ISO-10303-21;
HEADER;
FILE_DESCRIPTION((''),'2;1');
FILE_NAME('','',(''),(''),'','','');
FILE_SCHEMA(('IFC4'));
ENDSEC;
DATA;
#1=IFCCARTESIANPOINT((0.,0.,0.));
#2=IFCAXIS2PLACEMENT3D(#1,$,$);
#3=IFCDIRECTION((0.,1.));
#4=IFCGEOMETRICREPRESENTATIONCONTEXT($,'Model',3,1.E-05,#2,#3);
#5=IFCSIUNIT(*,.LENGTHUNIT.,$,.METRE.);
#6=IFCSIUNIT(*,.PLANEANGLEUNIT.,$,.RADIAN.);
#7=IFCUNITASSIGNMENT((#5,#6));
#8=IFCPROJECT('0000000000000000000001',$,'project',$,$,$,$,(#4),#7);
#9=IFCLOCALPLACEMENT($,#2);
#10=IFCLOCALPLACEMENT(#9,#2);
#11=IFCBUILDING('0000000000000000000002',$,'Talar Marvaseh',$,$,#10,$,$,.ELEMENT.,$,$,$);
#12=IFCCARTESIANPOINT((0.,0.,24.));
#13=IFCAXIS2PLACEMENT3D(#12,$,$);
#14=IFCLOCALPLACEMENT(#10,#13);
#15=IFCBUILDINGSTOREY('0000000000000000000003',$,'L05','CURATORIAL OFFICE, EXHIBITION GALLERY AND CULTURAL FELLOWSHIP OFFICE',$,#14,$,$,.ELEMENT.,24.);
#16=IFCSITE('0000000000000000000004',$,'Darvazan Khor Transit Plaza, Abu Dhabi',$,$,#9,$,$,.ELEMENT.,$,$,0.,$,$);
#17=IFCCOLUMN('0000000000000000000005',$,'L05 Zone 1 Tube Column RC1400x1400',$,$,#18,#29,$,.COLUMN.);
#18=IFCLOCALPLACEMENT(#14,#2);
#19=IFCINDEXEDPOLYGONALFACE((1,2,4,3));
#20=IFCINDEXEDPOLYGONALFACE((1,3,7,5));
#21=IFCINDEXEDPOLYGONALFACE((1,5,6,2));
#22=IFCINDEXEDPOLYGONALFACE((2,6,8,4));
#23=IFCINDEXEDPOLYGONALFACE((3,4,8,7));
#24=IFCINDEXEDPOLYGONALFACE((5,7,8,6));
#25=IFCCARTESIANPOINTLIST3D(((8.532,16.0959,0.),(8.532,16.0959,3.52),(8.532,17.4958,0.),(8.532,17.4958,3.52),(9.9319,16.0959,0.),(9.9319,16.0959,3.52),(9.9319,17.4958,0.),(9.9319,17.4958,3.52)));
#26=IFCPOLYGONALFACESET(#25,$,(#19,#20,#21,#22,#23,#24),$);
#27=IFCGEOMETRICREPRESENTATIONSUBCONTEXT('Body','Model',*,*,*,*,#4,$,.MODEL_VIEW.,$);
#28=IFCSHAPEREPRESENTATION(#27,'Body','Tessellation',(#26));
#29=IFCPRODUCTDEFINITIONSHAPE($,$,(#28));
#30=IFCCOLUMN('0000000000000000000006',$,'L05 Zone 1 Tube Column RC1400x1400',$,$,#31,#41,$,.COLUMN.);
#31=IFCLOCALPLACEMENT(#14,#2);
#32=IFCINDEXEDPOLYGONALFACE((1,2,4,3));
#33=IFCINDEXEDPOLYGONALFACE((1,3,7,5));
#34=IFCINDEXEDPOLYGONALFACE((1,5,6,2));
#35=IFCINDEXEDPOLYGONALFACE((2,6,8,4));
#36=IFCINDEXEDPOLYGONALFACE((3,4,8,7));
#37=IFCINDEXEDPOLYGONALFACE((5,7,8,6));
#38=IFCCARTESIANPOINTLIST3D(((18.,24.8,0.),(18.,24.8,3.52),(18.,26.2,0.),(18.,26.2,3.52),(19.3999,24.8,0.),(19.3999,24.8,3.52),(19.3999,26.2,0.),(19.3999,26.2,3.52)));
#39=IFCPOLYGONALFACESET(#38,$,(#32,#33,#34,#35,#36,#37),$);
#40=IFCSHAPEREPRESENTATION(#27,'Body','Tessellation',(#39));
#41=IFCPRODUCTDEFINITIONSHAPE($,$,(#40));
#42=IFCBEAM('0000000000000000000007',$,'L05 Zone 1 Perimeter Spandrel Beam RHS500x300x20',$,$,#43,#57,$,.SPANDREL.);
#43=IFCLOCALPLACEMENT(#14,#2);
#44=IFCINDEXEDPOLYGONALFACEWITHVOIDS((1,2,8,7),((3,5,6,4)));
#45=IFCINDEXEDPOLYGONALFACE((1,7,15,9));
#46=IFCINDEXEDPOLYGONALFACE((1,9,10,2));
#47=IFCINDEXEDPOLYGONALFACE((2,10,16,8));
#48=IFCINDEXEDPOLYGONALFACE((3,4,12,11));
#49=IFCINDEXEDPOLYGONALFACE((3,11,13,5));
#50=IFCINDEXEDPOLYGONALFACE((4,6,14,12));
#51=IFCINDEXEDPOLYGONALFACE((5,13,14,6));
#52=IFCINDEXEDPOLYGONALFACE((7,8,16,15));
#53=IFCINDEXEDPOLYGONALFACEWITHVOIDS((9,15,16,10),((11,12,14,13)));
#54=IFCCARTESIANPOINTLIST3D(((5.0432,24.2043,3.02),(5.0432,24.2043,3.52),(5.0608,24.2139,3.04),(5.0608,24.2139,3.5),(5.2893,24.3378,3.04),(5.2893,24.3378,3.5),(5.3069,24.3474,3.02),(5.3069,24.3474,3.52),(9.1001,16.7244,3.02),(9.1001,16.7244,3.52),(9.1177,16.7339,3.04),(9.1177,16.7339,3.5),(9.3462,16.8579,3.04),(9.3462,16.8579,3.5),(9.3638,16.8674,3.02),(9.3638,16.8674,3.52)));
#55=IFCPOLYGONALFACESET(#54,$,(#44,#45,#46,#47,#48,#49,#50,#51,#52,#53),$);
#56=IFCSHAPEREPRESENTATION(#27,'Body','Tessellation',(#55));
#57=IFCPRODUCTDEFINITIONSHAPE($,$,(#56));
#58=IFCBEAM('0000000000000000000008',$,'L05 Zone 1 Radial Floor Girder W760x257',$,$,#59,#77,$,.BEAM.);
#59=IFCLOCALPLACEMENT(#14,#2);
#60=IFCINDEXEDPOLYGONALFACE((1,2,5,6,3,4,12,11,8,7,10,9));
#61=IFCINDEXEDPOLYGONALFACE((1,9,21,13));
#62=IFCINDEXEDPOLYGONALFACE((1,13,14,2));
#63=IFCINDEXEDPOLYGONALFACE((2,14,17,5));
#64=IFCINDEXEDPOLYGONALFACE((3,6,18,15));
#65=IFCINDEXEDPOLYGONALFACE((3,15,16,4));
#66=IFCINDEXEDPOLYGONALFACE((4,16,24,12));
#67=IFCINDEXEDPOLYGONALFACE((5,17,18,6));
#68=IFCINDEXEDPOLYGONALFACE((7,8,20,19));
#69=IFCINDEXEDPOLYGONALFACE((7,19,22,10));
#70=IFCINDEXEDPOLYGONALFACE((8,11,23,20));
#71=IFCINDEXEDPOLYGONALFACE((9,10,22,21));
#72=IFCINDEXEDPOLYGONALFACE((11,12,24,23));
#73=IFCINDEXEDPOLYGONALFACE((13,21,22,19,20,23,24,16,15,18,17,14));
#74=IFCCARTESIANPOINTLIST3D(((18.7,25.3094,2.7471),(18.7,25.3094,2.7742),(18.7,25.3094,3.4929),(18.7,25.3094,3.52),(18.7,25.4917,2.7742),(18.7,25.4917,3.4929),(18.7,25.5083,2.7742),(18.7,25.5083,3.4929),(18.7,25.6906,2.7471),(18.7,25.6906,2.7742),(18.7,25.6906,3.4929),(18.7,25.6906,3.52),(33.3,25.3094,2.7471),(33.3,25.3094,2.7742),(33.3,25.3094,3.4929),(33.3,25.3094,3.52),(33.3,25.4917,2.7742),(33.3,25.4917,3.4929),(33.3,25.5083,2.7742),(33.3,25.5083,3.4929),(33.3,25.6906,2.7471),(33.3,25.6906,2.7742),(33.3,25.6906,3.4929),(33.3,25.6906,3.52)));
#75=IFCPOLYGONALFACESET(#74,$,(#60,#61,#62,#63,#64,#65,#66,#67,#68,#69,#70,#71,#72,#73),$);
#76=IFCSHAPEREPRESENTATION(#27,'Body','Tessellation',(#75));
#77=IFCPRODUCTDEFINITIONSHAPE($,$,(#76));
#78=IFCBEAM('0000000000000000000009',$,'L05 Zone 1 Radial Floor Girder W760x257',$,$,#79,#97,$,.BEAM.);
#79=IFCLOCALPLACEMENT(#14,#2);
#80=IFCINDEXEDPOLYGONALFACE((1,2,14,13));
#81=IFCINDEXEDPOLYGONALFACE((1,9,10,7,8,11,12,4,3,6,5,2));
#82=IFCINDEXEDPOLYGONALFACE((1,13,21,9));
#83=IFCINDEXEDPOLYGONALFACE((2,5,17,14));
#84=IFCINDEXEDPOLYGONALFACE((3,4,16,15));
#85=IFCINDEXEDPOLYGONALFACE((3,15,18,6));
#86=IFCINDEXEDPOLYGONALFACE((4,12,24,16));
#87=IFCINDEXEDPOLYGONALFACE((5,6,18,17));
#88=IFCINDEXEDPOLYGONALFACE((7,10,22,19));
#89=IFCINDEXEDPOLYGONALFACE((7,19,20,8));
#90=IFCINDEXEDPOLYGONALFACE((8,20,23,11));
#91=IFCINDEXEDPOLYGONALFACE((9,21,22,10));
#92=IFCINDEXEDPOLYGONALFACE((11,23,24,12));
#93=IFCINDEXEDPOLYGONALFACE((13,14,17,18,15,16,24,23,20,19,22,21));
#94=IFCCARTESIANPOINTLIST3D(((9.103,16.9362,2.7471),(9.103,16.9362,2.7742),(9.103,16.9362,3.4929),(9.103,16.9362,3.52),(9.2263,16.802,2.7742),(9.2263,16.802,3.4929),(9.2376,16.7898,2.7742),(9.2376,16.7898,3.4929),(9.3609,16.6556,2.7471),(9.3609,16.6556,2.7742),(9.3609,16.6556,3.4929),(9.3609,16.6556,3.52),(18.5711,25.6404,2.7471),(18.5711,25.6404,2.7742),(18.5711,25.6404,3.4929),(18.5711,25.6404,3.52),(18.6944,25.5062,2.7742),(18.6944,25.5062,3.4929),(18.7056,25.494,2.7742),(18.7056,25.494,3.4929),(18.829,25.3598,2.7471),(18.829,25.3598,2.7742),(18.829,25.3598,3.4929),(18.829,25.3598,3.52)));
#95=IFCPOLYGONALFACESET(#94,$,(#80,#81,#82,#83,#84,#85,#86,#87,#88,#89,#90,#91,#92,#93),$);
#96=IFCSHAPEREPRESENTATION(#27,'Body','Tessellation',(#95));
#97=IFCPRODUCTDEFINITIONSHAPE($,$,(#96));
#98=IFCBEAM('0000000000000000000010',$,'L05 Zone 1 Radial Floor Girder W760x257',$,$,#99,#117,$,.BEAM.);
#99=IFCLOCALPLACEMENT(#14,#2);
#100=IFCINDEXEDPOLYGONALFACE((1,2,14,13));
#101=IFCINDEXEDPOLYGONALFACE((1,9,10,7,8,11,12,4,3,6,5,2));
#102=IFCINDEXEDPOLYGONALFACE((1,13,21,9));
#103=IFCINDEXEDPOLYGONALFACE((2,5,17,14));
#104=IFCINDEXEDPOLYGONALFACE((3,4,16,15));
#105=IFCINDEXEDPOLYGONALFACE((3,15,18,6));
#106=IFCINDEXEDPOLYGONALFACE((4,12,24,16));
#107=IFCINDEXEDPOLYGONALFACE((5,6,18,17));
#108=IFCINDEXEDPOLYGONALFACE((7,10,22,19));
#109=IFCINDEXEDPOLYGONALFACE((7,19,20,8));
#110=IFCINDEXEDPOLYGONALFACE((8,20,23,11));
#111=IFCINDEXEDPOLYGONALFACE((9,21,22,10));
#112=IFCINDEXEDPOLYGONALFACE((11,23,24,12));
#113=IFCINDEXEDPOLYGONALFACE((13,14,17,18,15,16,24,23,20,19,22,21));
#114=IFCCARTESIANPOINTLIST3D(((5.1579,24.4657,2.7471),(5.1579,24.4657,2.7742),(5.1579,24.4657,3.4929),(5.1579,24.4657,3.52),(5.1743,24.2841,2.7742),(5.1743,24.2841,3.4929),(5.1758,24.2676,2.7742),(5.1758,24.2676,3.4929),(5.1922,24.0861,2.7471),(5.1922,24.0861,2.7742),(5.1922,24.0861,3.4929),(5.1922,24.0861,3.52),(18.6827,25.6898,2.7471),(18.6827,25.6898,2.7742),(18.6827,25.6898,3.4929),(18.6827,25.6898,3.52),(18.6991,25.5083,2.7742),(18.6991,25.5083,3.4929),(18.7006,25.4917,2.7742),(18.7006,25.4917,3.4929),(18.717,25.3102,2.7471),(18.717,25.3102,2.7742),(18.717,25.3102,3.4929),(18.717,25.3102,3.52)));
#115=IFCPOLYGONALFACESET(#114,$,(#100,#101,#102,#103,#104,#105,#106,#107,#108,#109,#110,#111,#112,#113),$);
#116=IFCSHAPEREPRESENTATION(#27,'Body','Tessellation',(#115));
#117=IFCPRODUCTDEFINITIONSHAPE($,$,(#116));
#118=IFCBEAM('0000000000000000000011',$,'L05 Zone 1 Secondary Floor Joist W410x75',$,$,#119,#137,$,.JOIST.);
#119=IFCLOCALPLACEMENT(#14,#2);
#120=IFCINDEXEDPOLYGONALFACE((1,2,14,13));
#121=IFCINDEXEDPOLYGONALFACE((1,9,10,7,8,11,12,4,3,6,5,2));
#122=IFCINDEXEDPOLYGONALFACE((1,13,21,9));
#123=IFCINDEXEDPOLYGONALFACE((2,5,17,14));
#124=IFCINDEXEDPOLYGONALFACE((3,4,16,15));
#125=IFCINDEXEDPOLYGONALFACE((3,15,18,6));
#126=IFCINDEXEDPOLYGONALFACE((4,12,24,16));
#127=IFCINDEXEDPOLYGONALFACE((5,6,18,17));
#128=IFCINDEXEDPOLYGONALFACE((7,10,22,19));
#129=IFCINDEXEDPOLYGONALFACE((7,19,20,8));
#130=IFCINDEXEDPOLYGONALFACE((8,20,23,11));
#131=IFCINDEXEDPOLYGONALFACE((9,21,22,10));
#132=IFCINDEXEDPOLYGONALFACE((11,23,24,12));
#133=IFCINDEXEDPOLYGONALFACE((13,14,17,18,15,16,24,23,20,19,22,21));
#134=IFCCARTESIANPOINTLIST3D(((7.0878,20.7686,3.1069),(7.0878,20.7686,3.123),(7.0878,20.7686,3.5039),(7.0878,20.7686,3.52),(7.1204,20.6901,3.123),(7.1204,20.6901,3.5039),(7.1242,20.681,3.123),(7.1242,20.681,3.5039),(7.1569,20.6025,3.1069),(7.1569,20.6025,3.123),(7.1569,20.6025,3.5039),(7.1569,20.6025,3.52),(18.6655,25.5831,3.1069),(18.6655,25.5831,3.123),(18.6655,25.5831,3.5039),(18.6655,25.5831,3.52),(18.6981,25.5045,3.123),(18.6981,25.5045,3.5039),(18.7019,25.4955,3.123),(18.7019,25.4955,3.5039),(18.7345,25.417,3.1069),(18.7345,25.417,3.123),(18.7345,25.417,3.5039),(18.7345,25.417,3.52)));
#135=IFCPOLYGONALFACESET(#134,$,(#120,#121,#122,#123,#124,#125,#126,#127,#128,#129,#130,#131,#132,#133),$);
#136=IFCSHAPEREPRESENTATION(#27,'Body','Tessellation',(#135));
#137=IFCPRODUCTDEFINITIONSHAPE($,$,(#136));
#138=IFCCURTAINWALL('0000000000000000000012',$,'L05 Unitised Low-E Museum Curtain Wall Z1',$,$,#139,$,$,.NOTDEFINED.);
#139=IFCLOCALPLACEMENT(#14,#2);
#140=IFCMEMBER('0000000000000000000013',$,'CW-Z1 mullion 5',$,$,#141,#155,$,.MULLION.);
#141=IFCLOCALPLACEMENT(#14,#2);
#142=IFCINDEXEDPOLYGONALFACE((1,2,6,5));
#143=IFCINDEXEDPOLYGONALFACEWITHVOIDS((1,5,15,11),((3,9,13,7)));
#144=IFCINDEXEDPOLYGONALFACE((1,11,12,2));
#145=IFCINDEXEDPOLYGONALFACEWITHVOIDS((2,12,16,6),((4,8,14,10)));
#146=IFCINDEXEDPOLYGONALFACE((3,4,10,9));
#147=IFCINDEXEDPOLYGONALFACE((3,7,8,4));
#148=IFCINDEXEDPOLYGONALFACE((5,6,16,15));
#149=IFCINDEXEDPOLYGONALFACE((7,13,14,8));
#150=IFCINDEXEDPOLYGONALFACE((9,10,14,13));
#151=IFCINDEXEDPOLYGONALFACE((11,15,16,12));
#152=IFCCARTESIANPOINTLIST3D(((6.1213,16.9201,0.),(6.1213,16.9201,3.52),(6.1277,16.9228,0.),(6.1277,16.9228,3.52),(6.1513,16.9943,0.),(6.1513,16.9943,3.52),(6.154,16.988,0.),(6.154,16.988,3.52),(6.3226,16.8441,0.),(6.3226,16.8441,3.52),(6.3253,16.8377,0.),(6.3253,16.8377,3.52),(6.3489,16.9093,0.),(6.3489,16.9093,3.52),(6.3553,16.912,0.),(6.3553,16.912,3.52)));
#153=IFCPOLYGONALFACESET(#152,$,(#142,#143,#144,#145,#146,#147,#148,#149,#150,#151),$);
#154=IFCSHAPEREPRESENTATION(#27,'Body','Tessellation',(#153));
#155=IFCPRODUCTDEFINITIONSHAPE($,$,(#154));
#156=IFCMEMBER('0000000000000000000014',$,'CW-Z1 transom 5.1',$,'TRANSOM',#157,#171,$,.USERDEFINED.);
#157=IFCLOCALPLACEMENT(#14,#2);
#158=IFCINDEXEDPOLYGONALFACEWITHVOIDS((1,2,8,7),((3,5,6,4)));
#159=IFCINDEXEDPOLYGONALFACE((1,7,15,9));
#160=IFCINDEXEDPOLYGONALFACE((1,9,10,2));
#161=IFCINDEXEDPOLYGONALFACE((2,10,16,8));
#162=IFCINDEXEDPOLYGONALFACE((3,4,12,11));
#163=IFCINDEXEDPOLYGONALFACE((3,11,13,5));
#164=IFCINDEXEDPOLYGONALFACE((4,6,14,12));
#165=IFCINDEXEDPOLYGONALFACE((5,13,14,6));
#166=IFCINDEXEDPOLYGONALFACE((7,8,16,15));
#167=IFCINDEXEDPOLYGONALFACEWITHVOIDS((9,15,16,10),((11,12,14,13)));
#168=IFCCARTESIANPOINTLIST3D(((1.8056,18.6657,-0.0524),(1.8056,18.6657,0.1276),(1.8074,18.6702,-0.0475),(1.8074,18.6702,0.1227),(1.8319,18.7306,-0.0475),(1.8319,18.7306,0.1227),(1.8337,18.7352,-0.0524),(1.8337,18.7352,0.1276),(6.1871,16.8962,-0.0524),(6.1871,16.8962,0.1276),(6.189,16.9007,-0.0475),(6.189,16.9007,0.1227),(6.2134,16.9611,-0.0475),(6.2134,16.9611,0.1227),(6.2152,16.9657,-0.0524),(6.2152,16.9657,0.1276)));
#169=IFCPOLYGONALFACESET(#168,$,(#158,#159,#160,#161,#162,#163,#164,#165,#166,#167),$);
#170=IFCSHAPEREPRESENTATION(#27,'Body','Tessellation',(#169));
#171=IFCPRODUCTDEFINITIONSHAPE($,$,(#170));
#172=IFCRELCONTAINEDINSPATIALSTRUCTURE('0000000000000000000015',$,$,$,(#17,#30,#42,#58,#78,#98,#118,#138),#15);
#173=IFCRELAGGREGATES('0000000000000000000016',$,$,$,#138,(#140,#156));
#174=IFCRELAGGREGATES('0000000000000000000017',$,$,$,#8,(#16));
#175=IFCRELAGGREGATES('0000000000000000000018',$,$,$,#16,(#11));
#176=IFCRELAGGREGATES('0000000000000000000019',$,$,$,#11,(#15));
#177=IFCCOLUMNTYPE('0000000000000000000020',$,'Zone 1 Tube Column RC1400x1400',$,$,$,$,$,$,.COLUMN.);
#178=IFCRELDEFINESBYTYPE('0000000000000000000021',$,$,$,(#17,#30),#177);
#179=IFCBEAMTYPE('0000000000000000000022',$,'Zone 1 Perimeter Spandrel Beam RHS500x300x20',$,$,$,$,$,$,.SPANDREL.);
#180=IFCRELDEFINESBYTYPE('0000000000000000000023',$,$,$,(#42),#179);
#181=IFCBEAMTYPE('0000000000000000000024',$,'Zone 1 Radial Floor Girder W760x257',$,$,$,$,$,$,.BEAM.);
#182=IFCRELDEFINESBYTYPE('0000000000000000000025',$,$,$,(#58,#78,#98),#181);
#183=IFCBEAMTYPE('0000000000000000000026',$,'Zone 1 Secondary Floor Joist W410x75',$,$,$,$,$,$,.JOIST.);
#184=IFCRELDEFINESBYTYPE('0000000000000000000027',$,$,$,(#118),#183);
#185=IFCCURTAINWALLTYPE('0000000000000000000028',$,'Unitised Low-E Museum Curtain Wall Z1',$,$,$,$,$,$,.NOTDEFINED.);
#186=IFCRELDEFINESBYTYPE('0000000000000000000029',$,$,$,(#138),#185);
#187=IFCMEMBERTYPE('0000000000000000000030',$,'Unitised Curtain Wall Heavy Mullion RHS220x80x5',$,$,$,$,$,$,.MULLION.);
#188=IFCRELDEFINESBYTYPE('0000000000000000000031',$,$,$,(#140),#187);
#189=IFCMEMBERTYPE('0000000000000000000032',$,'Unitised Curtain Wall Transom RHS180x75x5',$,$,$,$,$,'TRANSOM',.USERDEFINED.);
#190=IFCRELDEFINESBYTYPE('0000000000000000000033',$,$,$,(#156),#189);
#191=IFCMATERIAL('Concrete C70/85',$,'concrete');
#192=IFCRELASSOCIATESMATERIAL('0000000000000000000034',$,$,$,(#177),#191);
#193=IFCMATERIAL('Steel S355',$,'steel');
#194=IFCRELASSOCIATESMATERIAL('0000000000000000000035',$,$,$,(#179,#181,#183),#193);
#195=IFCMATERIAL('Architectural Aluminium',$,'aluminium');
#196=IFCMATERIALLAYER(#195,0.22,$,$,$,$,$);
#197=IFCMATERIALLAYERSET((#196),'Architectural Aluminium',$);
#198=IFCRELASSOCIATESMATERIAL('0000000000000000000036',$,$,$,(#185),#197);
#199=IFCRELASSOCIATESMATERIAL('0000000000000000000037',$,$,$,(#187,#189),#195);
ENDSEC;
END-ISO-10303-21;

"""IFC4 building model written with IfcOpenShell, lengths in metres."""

from ifc_helpers import new_model, si_unit, direction, frame, origin, origin_2d, place, context, subcontext, project, spatial, rectangle, hollow_rectangle, i_section, extrude, source, transform, mapped, material, layer, layer_set, material_profile, profile_set, type_object, type_shapes, element, aggregate, save


model = new_model("IFC4")

# Units and contexts
model_context = context("Model", 3, precision=1e-05, world=origin(), true_north=direction((0.0, 1.0)))
body_context = subcontext(model_context, "Body", "Model", "MODEL_VIEW")
ifc_project = project(units=[si_unit("LENGTHUNIT", "METRE"), si_unit("PLANEANGLEUNIT", "RADIAN")], contexts=[model_context])

# Site, building, storey
site_placement = place(None, origin())
site = spatial("IfcSite", under=ifc_project, at=site_placement, Name="Darvazan Khor Transit Plaza, Abu Dhabi", CompositionType="ELEMENT", RefElevation=0.0)
building_placement = place(site_placement, origin())
building = spatial("IfcBuilding", under=site, at=building_placement, Name="Talar Marvaseh", CompositionType="ELEMENT")
storey_placement = place(building_placement, frame((0.0, 0.0, 24.0)))
storey = spatial("IfcBuildingStorey", under=building, at=storey_placement, Name="L05", Description="CURATORIAL OFFICE, EXHIBITION GALLERY AND CULTURAL FELLOWSHIP OFFICE", CompositionType="ELEMENT", Elevation=24.0)

# Columns
ifc_material_1 = material(Name="Concrete C70/85", Category="concrete")
ifc_material_profile_1 = material_profile(ifc_material_1, rectangle(XDim=1.3999, YDim=1.3999, at=origin_2d()), Name="RC1400x1400")
ifc_profile_set_1 = profile_set([ifc_material_profile_1], Name="Concrete C70/85")
column_type = type_object("IfcColumnType", Name="Zone 1 Tube Column RC1400x1400", PredefinedType="COLUMN", material=ifc_profile_set_1)
for number, where, z_axis, x_axis, name in (
    (1, (9.2319, 16.7959, 0.0), (0.0, 0.0, 1.0), (1.0, 0.0, 0.0), "L05 Zone 1 Tube Column RC1400x1400"),
    (2, (18.7, 25.5, 0.0), (0.0, 0.0, 1.0), (1.0, 0.0, 0.0), "L05 Zone 1 Tube Column RC1400x1400"),
):
    element("IfcColumn", number, at=place(storey_placement, frame(where, z_axis=z_axis, x_axis=x_axis)), inside=storey, type_object=column_type, Name=name, PredefinedType="COLUMN", context=body_context, shape_type="SweptSolid", body=[
        extrude(rectangle(XDim=1.3999, YDim=1.3999, at=origin_2d()), origin(), (0.0, 0.0, 1.0), 3.52),
    ])

# Beams
ifc_material_2 = material(Name="Steel S355", Category="steel")
ifc_material_profile_2 = material_profile(ifc_material_2, hollow_rectangle(XDim=0.3, YDim=0.5, WallThickness=0.02, at=origin_2d()), Name="RHS500x300x20")
ifc_profile_set_2 = profile_set([ifc_material_profile_2], Name="Steel S355")
beam_type_1 = type_object("IfcBeamType", Name="Zone 1 Perimeter Spandrel Beam RHS500x300x20", PredefinedType="SPANDREL", material=ifc_profile_set_2)
beam_1_placement = place(storey_placement, frame((9.2319, 16.7959, 3.27), z_axis=(-0.476758, 0.879035, 0.0), x_axis=(-0.879035, -0.476758, 0.0)))
element("IfcBeam", 3, at=beam_1_placement, inside=storey, type_object=beam_type_1, Name="L05 Zone 1 Perimeter Spandrel Beam RHS500x300x20", PredefinedType="SPANDREL", context=body_context, shape_type="SweptSolid", body=[
    extrude(hollow_rectangle(XDim=0.3, YDim=0.5, WallThickness=0.02, at=origin_2d()), origin(), (0.0, 0.0, 1.0), 8.5093),
])
ifc_material_profile_3 = material_profile(ifc_material_2, i_section(OverallWidth=0.3811, OverallDepth=0.7729, WebThickness=0.0166, FlangeThickness=0.0271, at=origin_2d()), Name="W760x257")
ifc_profile_set_3 = profile_set([ifc_material_profile_3], Name="Steel S355")
beam_type_2 = type_object("IfcBeamType", Name="Zone 1 Radial Floor Girder W760x257", PredefinedType="BEAM", material=ifc_profile_set_3)
beam_2_placement = place(storey_placement, frame((18.7, 25.5, 3.1335), z_axis=(1.0, 0.0, 0.0), x_axis=(0.0, 1.0, 0.0)))
element("IfcBeam", 4, at=beam_2_placement, inside=storey, type_object=beam_type_2, Name="L05 Zone 1 Radial Floor Girder W760x257", PredefinedType="BEAM", context=body_context, shape_type="SweptSolid", body=[
    extrude(i_section(OverallWidth=0.3811, OverallDepth=0.7729, WebThickness=0.0166, FlangeThickness=0.0271, at=origin_2d()), origin(), (0.0, 0.0, 1.0), 14.6001),
])
beam_3_placement = place(storey_placement, frame((9.2319, 16.7959, 3.1335), z_axis=(0.736182, 0.676784, 0.0), x_axis=(-0.676784, 0.736182, 0.0)))
element("IfcBeam", 5, at=beam_3_placement, inside=storey, type_object=beam_type_2, Name="L05 Zone 1 Radial Floor Girder W760x257", PredefinedType="BEAM", context=body_context, shape_type="SweptSolid", body=[
    extrude(i_section(OverallWidth=0.3811, OverallDepth=0.7729, WebThickness=0.0166, FlangeThickness=0.0271, at=origin_2d()), origin(), (0.0, 0.0, 1.0), 12.8611),
])
beam_4_placement = place(storey_placement, frame((5.175, 24.2759, 3.1335), z_axis=(0.995929, 0.09014, 0.0), x_axis=(-0.09014, 0.995929, 0.0)))
element("IfcBeam", 6, at=beam_4_placement, inside=storey, type_object=beam_type_2, Name="L05 Zone 1 Radial Floor Girder W760x257", PredefinedType="BEAM", context=body_context, shape_type="SweptSolid", body=[
    extrude(i_section(OverallWidth=0.3811, OverallDepth=0.7729, WebThickness=0.0166, FlangeThickness=0.0271, at=origin_2d()), origin(), (0.0, 0.0, 1.0), 13.5801),
])
ifc_material_profile_4 = material_profile(ifc_material_2, i_section(OverallWidth=0.1799, OverallDepth=0.4131, WebThickness=0.0098, FlangeThickness=0.0161, at=origin_2d()), Name="W410x75")
ifc_profile_set_4 = profile_set([ifc_material_profile_4], Name="Steel S355")
beam_type_3 = type_object("IfcBeamType", Name="Zone 1 Secondary Floor Joist W410x75", PredefinedType="JOIST", material=ifc_profile_set_4)
beam_5_placement = place(storey_placement, frame((7.1223, 20.6855, 3.3135), z_axis=(0.923347, 0.383965, 0.0), x_axis=(-0.383965, 0.923347, 0.0)))
element("IfcBeam", 7, at=beam_5_placement, inside=storey, type_object=beam_type_3, Name="L05 Zone 1 Secondary Floor Joist W410x75", PredefinedType="JOIST", context=body_context, shape_type="SweptSolid", body=[
    extrude(i_section(OverallWidth=0.1799, OverallDepth=0.4131, WebThickness=0.0098, FlangeThickness=0.0161, at=origin_2d()), origin(), (0.0, 0.0, 1.0), 12.5388),
])

# Curtain wall, members
ifc_material_3 = material(Name="Architectural Aluminium", Category="aluminium")
ifc_layer_1 = layer(ifc_material_3, 0.22)
ifc_layer_set_1 = layer_set([ifc_layer_1], Name="Architectural Aluminium")
curtain_wall_type = type_object("IfcCurtainWallType", Name="Unitised Low-E Museum Curtain Wall Z1", PredefinedType="NOTDEFINED", material=ifc_layer_set_1)
curtain_wall_placement = place(storey_placement, origin())
curtain_wall = element("IfcCurtainWall", 8, at=curtain_wall_placement, inside=storey, type_object=curtain_wall_type, Name="L05 Unitised Low-E Museum Curtain Wall Z1", PredefinedType="NOTDEFINED")
ifc_material_profile_5 = material_profile(ifc_material_3, hollow_rectangle(XDim=0.0801, YDim=0.22, WallThickness=0.0049, at=origin_2d()), Name="RHS220x80x5")
ifc_profile_set_5 = profile_set([ifc_material_profile_5], Name="Architectural Aluminium")
member_type_1 = type_object("IfcMemberType", Name="Unitised Curtain Wall Heavy Mullion RHS220x80x5", PredefinedType="MULLION", material=ifc_profile_set_5)
shared_shape_1 = source(origin(), body_context, "Body", "SweptSolid", [
    extrude(hollow_rectangle(XDim=0.0801, YDim=0.22, WallThickness=0.0049, at=origin_2d()), origin(), (0.0, 0.0, 1.0), 3.52),
])
type_shapes(member_type_1, [shared_shape_1])
member_1_placement = place(storey_placement, frame((6.2383, 16.916, 0.0), z_axis=(0.0, 0.0, 1.0), x_axis=(-0.374463, -0.927242, 0.0)))
member_1 = element("IfcMember", 9, at=member_1_placement, type_object=member_type_1, Name="CW-Z1 mullion 5", PredefinedType="MULLION", context=body_context, shape_type="MappedRepresentation", body=[
    mapped(shared_shape_1, transform((0.0, 0.0, 0.0), x_axis=(1.0, 0.0, 0.0), y_axis=(0.0, 1.0, 0.0), z_axis=(0.0, 0.0, 1.0), scale=1.0)),
])
ifc_material_profile_6 = material_profile(ifc_material_3, hollow_rectangle(XDim=0.075, YDim=0.1799, WallThickness=0.0049, at=origin_2d()), Name="RHS180x75x5")
ifc_profile_set_6 = profile_set([ifc_material_profile_6], Name="Architectural Aluminium")
member_type_2 = type_object("IfcMemberType", Name="Unitised Curtain Wall Transom RHS180x75x5", ElementType="TRANSOM", PredefinedType="USERDEFINED", material=ifc_profile_set_6)
shared_shape_2 = source(origin(), body_context, "Body", "SweptSolid", [
    extrude(hollow_rectangle(XDim=0.075, YDim=0.1799, WallThickness=0.0049, at=origin_2d()), origin(), (0.0, 0.0, 1.0), 4.7253),
])
type_shapes(member_type_2, [shared_shape_2])
member_2_placement = place(storey_placement, frame((6.2012, 16.9309, 0.0376), z_axis=(-0.927239, 0.374471, 0.0), x_axis=(-0.374471, -0.927239, 0.0)))
member_2 = element("IfcMember", 10, at=member_2_placement, type_object=member_type_2, Name="CW-Z1 transom 5.1", ObjectType="TRANSOM", PredefinedType="USERDEFINED", context=body_context, shape_type="MappedRepresentation", body=[
    mapped(shared_shape_2, transform((0.0, 0.0, 0.0), x_axis=(1.0, 0.0, 0.0), y_axis=(0.0, 1.0, 0.0), z_axis=(0.0, 0.0, 1.0), scale=1.0)),
])
aggregate(curtain_wall, [member_1, member_2])

save(model, "model.ifc")
